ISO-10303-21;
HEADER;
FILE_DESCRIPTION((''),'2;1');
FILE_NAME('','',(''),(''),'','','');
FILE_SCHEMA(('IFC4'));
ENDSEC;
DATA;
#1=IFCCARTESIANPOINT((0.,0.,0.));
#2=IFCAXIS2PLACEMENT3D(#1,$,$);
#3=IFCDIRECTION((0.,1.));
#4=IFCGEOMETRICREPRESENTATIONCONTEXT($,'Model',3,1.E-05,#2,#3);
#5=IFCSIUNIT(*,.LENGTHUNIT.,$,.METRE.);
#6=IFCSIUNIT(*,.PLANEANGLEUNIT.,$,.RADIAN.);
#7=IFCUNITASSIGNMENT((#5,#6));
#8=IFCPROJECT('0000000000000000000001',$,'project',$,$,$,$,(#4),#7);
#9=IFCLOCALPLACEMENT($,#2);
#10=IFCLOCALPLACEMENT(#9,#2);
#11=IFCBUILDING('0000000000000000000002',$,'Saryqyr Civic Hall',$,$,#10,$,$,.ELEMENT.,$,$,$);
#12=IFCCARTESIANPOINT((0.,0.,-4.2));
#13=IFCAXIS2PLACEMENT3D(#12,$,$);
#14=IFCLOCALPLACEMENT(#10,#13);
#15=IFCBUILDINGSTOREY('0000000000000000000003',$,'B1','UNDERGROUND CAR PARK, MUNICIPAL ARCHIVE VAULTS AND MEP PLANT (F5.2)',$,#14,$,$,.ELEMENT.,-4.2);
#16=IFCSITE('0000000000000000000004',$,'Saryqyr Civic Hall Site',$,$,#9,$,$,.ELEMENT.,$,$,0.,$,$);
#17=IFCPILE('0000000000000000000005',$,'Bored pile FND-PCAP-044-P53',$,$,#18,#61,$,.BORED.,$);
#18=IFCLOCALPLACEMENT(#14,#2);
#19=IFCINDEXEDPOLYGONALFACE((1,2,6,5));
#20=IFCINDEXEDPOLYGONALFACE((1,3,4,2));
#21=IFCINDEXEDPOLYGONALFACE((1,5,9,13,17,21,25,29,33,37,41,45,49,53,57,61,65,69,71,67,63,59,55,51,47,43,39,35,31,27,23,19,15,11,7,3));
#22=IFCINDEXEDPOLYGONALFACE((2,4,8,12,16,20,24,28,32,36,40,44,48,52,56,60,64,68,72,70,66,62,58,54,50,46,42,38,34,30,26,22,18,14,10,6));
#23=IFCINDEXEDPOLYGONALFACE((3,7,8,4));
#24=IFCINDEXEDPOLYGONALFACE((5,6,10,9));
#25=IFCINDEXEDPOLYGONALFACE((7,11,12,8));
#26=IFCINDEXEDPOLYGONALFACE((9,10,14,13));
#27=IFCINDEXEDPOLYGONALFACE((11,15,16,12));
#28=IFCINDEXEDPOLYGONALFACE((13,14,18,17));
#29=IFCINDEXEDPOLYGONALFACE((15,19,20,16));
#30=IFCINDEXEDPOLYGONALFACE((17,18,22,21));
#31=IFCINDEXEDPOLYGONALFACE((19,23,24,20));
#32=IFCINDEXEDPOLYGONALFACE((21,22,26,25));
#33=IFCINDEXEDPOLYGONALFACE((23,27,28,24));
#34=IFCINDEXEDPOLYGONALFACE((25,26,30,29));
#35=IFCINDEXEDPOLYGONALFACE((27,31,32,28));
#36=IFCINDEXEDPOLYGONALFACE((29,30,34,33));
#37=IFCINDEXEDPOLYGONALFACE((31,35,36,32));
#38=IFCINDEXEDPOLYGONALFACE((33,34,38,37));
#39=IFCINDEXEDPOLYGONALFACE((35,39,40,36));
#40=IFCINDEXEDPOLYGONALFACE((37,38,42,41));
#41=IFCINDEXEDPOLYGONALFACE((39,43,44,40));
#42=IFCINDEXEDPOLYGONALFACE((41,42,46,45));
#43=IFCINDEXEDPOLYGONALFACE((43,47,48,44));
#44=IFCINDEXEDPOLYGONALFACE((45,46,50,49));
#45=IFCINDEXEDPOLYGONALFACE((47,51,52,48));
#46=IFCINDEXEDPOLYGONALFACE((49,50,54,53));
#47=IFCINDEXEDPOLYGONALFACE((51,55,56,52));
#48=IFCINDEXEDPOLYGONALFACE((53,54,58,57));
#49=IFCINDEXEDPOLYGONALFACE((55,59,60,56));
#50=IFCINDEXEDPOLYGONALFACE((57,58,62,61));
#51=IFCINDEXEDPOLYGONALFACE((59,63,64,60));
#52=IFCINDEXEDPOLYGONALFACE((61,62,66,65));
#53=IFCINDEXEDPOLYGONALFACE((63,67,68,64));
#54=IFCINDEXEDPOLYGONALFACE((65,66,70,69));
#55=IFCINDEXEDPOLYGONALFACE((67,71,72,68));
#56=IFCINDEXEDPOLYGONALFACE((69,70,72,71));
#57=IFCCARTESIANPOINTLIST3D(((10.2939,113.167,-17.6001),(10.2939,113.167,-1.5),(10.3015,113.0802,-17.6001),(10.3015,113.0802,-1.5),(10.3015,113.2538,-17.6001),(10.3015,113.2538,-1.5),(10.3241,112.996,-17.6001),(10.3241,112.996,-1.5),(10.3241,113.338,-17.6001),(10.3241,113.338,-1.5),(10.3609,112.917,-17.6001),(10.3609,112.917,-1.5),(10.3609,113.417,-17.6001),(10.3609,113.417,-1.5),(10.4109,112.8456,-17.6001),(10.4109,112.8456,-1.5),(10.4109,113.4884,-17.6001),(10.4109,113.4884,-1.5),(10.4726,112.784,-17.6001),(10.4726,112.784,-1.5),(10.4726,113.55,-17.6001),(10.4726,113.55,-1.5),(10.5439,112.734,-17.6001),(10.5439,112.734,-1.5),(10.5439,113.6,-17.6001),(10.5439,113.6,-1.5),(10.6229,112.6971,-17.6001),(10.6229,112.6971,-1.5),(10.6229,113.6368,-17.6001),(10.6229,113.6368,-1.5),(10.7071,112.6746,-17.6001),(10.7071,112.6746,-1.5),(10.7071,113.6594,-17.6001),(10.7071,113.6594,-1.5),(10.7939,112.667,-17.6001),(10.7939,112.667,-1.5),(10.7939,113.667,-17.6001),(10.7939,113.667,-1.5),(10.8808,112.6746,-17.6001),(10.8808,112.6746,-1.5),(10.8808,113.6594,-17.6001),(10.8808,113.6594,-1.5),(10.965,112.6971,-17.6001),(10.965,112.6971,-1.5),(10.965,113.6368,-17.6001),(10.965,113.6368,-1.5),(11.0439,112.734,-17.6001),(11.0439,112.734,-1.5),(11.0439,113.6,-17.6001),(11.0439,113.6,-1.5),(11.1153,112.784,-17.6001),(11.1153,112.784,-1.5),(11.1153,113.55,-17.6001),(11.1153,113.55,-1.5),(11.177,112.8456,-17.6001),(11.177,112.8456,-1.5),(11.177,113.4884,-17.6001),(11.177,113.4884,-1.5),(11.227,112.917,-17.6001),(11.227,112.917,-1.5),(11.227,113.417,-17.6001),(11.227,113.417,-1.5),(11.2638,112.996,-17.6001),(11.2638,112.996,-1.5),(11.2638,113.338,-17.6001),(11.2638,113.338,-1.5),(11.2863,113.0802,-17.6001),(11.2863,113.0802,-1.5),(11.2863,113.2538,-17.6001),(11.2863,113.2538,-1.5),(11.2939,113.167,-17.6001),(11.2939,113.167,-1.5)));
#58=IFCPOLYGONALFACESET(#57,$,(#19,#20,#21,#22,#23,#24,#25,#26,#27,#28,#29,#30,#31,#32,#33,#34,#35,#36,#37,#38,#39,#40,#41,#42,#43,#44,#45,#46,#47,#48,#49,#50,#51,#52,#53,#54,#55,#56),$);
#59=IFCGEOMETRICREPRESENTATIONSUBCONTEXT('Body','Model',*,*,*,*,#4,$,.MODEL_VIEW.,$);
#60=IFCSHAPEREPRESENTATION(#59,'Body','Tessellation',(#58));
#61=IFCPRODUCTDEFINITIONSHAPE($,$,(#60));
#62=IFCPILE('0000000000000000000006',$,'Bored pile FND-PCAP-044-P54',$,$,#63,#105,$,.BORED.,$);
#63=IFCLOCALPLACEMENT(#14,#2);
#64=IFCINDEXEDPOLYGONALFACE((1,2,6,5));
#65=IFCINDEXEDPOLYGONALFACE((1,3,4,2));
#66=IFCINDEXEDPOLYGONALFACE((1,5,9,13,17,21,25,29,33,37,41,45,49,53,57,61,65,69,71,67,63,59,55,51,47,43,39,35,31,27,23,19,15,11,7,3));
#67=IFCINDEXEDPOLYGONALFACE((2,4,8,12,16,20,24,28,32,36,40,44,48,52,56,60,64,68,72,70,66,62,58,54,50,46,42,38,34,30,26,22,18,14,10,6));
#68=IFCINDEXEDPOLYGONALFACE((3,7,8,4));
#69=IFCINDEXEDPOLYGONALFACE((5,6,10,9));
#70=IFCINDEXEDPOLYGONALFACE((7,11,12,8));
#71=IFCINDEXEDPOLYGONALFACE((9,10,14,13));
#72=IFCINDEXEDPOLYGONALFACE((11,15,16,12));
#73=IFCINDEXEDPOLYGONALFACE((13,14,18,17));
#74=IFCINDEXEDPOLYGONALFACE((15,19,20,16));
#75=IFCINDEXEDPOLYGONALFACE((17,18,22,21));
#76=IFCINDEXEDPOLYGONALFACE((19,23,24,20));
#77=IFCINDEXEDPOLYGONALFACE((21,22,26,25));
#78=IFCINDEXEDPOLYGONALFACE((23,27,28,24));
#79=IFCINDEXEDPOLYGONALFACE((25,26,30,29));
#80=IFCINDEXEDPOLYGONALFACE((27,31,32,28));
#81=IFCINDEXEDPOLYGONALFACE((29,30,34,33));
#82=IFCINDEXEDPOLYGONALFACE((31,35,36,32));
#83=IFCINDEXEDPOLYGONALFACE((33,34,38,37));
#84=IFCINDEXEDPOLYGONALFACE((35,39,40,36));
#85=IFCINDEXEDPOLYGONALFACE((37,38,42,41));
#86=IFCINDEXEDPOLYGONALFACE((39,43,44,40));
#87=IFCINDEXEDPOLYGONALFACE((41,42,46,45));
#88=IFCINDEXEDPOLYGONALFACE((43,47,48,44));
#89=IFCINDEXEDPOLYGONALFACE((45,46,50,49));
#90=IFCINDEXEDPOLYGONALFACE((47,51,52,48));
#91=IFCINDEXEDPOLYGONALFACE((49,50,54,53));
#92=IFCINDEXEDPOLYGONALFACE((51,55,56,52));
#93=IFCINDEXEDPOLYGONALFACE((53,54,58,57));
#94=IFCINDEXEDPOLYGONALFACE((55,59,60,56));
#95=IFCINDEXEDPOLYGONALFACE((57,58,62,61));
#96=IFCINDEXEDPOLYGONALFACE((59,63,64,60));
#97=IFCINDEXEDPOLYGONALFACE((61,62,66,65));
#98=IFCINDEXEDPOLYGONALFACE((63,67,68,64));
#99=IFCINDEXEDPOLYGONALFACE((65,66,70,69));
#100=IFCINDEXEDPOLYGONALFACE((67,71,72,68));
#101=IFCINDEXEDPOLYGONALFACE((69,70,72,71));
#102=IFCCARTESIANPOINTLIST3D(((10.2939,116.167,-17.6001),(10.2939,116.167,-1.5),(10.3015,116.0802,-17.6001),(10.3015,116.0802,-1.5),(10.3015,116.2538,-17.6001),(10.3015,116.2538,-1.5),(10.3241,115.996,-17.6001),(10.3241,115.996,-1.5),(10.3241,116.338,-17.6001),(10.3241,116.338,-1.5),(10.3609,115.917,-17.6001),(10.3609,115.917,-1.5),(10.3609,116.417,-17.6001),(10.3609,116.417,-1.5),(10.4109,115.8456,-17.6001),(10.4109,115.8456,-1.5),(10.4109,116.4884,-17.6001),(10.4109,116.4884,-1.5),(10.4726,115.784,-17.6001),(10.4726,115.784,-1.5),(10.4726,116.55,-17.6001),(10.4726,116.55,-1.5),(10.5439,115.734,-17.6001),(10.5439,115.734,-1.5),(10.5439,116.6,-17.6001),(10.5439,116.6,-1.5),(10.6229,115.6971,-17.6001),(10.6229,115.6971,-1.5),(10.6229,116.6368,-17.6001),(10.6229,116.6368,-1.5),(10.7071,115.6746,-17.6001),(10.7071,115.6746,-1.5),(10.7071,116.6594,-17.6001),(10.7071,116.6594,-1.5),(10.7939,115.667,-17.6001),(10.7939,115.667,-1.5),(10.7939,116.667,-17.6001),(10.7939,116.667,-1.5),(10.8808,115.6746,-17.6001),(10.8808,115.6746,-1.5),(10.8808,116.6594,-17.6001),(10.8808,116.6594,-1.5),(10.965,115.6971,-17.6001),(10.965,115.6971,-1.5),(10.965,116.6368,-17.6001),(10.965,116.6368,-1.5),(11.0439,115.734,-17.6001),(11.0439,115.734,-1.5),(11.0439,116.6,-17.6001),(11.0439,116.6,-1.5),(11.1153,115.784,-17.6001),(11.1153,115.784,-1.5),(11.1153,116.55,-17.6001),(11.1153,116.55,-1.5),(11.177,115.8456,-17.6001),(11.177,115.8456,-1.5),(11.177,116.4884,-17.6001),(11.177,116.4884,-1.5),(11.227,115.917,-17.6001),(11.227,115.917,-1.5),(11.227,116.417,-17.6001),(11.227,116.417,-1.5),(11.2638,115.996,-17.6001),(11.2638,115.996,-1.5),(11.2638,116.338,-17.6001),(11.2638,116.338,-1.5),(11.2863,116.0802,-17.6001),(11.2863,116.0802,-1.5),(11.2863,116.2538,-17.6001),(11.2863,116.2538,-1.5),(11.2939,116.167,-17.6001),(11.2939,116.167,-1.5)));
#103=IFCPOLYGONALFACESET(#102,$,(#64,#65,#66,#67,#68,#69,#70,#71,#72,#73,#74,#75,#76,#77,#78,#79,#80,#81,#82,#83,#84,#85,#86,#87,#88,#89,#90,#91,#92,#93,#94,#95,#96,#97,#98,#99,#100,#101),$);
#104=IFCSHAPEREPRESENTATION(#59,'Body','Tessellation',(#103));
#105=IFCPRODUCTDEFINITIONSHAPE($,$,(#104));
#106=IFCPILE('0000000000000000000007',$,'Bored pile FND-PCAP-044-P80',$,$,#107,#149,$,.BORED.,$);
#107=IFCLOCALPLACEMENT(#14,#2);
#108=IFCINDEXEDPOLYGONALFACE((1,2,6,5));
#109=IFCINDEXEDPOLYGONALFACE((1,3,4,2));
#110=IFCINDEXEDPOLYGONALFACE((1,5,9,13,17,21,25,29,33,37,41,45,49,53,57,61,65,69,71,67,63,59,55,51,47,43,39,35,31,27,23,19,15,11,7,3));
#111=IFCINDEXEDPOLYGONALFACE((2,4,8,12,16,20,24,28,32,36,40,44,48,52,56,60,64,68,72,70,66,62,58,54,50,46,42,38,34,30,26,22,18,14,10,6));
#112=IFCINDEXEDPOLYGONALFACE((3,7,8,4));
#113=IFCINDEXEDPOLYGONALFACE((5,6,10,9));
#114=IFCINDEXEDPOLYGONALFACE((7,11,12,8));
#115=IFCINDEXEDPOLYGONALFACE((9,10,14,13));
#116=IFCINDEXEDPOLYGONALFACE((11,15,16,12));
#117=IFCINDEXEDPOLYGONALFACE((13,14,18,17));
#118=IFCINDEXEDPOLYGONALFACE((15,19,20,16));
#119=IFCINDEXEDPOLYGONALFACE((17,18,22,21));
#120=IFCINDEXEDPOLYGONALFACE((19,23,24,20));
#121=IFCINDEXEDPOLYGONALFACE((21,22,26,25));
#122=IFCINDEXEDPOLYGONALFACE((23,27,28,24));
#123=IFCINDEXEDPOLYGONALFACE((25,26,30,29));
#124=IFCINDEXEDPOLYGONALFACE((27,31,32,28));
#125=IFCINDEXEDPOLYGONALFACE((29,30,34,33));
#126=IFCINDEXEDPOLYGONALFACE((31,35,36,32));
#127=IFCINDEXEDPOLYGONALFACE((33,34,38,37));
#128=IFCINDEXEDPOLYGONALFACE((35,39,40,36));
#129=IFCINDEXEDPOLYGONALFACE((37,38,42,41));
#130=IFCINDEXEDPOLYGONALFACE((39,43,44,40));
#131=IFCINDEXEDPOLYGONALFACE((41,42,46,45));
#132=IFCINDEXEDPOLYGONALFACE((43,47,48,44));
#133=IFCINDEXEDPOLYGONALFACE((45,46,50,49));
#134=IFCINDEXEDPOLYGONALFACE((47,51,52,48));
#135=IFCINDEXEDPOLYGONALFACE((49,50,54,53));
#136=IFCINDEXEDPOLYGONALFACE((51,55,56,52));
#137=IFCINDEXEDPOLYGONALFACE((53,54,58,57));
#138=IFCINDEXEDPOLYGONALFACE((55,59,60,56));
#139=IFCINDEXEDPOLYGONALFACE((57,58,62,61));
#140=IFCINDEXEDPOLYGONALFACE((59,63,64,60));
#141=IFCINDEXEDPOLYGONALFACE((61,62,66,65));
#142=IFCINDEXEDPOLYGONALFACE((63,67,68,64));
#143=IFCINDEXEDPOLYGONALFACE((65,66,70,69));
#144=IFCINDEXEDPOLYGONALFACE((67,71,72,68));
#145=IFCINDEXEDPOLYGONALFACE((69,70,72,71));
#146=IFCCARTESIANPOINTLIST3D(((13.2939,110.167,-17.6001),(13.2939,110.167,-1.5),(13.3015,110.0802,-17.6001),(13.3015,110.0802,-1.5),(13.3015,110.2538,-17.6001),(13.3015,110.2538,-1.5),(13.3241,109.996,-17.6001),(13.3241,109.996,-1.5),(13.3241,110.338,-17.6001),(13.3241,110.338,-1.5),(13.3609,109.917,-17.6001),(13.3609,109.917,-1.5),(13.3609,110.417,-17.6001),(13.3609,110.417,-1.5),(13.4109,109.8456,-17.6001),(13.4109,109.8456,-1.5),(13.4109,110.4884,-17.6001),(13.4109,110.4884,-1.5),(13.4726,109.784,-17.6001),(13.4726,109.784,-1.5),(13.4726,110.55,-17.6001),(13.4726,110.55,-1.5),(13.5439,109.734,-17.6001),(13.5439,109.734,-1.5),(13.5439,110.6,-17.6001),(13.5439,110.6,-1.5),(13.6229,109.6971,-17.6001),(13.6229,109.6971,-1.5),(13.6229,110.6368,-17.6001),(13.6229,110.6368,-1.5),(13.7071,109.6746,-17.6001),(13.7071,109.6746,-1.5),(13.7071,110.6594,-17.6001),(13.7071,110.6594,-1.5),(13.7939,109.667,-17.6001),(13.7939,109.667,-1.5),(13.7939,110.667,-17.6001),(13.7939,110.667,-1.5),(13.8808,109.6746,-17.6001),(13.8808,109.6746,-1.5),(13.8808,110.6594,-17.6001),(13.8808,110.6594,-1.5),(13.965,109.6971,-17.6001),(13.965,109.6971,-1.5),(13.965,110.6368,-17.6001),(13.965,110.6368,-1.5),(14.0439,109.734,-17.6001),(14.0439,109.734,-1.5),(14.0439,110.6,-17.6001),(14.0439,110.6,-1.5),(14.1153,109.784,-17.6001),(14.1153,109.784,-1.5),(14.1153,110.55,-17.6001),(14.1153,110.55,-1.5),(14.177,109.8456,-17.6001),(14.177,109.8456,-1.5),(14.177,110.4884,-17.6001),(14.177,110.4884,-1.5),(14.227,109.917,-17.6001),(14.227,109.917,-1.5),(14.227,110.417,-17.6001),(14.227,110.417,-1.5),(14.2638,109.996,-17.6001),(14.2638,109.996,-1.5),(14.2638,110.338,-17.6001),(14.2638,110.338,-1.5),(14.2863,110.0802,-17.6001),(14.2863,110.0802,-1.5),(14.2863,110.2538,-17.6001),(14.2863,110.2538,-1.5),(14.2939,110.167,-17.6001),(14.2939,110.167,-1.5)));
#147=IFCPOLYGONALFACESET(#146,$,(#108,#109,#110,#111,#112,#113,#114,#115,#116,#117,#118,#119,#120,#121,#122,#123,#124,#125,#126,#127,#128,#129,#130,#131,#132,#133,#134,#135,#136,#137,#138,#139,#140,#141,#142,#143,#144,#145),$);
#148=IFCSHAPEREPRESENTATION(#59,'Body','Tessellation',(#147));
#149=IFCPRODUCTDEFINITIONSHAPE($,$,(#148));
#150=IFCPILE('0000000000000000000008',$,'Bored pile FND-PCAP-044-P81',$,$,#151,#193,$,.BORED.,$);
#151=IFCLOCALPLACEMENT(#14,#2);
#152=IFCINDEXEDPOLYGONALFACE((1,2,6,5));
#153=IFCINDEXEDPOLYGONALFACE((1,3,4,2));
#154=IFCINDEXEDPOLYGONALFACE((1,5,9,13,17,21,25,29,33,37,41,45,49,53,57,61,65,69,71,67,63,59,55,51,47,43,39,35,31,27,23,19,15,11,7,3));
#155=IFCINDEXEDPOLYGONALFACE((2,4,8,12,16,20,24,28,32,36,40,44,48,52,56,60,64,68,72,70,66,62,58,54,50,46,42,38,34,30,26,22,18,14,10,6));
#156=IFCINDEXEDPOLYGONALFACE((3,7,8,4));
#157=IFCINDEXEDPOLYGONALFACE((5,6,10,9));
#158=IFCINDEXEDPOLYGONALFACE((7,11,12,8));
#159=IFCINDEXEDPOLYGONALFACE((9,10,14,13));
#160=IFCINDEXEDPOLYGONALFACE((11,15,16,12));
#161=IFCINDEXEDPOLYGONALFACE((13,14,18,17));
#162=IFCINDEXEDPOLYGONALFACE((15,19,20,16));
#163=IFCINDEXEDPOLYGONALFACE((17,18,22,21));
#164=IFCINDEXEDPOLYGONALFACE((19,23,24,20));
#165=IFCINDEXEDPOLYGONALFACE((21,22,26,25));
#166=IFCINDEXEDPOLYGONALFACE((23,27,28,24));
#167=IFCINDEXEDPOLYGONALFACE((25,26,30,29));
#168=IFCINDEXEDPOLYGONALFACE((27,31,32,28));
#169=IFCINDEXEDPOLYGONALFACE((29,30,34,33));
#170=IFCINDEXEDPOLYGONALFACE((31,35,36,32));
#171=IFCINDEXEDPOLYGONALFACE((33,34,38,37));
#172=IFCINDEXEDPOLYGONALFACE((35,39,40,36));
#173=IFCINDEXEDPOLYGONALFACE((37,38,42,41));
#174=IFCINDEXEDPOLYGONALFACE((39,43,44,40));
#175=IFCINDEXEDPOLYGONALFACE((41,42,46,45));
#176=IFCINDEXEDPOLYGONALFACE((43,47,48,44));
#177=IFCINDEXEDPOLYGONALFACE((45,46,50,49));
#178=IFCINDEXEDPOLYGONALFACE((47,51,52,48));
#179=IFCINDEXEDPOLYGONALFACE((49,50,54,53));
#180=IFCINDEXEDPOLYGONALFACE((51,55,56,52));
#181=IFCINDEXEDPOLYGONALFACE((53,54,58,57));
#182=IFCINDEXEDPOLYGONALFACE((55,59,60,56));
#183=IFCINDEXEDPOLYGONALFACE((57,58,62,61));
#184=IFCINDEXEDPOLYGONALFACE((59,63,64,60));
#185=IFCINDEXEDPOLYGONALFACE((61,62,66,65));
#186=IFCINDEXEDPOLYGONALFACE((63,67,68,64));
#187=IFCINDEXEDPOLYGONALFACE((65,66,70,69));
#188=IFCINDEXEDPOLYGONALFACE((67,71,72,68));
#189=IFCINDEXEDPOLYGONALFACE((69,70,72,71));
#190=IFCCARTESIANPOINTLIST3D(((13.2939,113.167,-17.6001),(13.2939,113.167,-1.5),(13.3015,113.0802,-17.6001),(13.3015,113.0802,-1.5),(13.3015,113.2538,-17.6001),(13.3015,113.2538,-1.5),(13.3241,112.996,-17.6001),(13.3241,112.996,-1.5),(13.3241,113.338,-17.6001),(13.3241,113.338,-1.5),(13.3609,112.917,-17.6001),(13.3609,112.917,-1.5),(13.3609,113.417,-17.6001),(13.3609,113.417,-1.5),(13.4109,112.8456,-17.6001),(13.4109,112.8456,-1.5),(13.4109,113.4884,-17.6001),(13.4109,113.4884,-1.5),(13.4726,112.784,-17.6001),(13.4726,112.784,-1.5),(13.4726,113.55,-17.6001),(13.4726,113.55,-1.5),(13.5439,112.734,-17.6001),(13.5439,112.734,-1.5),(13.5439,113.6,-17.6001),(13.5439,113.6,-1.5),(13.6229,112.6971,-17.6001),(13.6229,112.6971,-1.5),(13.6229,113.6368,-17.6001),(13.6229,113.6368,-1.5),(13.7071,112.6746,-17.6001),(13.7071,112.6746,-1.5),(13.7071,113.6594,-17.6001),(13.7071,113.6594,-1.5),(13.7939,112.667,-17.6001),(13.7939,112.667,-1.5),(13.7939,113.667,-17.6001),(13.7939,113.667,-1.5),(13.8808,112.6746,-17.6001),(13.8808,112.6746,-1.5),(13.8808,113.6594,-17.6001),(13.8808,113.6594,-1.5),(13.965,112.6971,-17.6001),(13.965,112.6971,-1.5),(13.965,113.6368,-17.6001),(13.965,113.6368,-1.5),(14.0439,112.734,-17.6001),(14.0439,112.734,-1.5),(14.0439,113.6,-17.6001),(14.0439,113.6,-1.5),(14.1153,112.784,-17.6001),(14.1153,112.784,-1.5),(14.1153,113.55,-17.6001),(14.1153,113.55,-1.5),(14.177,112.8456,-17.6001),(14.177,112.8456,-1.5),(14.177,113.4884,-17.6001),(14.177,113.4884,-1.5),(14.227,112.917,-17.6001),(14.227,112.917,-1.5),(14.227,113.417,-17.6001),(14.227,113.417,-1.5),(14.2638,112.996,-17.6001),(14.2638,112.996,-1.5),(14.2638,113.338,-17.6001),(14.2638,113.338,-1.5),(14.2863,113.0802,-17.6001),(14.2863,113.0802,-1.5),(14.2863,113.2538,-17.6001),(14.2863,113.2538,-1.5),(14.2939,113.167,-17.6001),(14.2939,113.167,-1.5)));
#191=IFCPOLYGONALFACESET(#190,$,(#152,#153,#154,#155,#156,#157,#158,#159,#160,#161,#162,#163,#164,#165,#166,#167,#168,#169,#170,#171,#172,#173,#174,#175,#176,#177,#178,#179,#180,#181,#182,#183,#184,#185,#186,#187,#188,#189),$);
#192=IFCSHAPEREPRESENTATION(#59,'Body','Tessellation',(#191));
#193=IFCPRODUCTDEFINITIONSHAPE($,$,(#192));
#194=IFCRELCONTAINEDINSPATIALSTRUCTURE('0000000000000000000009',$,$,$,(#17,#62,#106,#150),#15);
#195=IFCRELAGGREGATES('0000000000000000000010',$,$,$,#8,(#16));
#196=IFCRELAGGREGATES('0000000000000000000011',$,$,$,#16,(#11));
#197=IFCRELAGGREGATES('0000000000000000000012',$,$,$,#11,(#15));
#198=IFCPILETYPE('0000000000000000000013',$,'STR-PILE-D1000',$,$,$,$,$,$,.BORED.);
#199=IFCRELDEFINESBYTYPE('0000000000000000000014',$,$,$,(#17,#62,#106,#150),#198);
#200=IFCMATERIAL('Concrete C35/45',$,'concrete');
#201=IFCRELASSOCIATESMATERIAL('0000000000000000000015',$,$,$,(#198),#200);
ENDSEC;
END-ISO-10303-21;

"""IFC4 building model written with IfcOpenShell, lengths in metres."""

from ifc_helpers import new_model, si_unit, direction, frame, origin, origin_2d, place, context, subcontext, project, spatial, circle, extrude, material, material_profile, profile_set, type_object, element, save


model = new_model("IFC4")

# Units and contexts
model_context = context("Model", 3, precision=1e-05, world=origin(), true_north=direction((0.0, 1.0)))
body_context = subcontext(model_context, "Body", "Model", "MODEL_VIEW")
ifc_project = project(units=[si_unit("LENGTHUNIT", "METRE"), si_unit("PLANEANGLEUNIT", "RADIAN")], contexts=[model_context])

# Site, building, storey
site_placement = place(None, origin())
site = spatial("IfcSite", under=ifc_project, at=site_placement, Name="Saryqyr Civic Hall Site", CompositionType="ELEMENT", RefElevation=0.0)
building_placement = place(site_placement, origin())
building = spatial("IfcBuilding", under=site, at=building_placement, Name="Saryqyr Civic Hall", CompositionType="ELEMENT")
storey_placement = place(building_placement, frame((0.0, 0.0, -4.2)))
storey = spatial("IfcBuildingStorey", under=building, at=storey_placement, Name="B1", Description="UNDERGROUND CAR PARK, MUNICIPAL ARCHIVE VAULTS AND MEP PLANT (F5.2)", CompositionType="ELEMENT", Elevation=-4.2)

# Piles
ifc_material_1 = material(Name="Concrete C35/45", Category="concrete")
ifc_material_profile_1 = material_profile(ifc_material_1, circle(Radius=0.5, at=origin_2d()), Name="BORED PILE D1000")
ifc_profile_set_1 = profile_set([ifc_material_profile_1], Name="Concrete C35/45")
pile_type = type_object("IfcPileType", Name="STR-PILE-D1000", PredefinedType="BORED", material=ifc_profile_set_1)
for number, where, z_axis, x_axis, name in (
    (1, (10.7939, 113.167, -1.5), (0.0, 0.0, -1.0), (1.0, 0.0, 0.0), "Bored pile FND-PCAP-044-P53"),
    (2, (10.7939, 116.167, -1.5), (0.0, 0.0, -1.0), (1.0, 0.0, 0.0), "Bored pile FND-PCAP-044-P54"),
    (3, (13.7939, 110.167, -1.5), (0.0, 0.0, -1.0), (1.0, 0.0, 0.0), "Bored pile FND-PCAP-044-P80"),
    (4, (13.7939, 113.167, -1.5), (0.0, 0.0, -1.0), (1.0, 0.0, 0.0), "Bored pile FND-PCAP-044-P81"),
):
    element("IfcPile", number, at=place(storey_placement, frame(where, z_axis=z_axis, x_axis=x_axis)), inside=storey, type_object=pile_type, Name=name, PredefinedType="BORED", context=body_context, shape_type="SweptSolid", body=[
        extrude(circle(Radius=0.5, at=origin_2d()), origin(), (0.0, 0.0, 1.0), 16.1001),
    ])

save(model, "model.ifc")
